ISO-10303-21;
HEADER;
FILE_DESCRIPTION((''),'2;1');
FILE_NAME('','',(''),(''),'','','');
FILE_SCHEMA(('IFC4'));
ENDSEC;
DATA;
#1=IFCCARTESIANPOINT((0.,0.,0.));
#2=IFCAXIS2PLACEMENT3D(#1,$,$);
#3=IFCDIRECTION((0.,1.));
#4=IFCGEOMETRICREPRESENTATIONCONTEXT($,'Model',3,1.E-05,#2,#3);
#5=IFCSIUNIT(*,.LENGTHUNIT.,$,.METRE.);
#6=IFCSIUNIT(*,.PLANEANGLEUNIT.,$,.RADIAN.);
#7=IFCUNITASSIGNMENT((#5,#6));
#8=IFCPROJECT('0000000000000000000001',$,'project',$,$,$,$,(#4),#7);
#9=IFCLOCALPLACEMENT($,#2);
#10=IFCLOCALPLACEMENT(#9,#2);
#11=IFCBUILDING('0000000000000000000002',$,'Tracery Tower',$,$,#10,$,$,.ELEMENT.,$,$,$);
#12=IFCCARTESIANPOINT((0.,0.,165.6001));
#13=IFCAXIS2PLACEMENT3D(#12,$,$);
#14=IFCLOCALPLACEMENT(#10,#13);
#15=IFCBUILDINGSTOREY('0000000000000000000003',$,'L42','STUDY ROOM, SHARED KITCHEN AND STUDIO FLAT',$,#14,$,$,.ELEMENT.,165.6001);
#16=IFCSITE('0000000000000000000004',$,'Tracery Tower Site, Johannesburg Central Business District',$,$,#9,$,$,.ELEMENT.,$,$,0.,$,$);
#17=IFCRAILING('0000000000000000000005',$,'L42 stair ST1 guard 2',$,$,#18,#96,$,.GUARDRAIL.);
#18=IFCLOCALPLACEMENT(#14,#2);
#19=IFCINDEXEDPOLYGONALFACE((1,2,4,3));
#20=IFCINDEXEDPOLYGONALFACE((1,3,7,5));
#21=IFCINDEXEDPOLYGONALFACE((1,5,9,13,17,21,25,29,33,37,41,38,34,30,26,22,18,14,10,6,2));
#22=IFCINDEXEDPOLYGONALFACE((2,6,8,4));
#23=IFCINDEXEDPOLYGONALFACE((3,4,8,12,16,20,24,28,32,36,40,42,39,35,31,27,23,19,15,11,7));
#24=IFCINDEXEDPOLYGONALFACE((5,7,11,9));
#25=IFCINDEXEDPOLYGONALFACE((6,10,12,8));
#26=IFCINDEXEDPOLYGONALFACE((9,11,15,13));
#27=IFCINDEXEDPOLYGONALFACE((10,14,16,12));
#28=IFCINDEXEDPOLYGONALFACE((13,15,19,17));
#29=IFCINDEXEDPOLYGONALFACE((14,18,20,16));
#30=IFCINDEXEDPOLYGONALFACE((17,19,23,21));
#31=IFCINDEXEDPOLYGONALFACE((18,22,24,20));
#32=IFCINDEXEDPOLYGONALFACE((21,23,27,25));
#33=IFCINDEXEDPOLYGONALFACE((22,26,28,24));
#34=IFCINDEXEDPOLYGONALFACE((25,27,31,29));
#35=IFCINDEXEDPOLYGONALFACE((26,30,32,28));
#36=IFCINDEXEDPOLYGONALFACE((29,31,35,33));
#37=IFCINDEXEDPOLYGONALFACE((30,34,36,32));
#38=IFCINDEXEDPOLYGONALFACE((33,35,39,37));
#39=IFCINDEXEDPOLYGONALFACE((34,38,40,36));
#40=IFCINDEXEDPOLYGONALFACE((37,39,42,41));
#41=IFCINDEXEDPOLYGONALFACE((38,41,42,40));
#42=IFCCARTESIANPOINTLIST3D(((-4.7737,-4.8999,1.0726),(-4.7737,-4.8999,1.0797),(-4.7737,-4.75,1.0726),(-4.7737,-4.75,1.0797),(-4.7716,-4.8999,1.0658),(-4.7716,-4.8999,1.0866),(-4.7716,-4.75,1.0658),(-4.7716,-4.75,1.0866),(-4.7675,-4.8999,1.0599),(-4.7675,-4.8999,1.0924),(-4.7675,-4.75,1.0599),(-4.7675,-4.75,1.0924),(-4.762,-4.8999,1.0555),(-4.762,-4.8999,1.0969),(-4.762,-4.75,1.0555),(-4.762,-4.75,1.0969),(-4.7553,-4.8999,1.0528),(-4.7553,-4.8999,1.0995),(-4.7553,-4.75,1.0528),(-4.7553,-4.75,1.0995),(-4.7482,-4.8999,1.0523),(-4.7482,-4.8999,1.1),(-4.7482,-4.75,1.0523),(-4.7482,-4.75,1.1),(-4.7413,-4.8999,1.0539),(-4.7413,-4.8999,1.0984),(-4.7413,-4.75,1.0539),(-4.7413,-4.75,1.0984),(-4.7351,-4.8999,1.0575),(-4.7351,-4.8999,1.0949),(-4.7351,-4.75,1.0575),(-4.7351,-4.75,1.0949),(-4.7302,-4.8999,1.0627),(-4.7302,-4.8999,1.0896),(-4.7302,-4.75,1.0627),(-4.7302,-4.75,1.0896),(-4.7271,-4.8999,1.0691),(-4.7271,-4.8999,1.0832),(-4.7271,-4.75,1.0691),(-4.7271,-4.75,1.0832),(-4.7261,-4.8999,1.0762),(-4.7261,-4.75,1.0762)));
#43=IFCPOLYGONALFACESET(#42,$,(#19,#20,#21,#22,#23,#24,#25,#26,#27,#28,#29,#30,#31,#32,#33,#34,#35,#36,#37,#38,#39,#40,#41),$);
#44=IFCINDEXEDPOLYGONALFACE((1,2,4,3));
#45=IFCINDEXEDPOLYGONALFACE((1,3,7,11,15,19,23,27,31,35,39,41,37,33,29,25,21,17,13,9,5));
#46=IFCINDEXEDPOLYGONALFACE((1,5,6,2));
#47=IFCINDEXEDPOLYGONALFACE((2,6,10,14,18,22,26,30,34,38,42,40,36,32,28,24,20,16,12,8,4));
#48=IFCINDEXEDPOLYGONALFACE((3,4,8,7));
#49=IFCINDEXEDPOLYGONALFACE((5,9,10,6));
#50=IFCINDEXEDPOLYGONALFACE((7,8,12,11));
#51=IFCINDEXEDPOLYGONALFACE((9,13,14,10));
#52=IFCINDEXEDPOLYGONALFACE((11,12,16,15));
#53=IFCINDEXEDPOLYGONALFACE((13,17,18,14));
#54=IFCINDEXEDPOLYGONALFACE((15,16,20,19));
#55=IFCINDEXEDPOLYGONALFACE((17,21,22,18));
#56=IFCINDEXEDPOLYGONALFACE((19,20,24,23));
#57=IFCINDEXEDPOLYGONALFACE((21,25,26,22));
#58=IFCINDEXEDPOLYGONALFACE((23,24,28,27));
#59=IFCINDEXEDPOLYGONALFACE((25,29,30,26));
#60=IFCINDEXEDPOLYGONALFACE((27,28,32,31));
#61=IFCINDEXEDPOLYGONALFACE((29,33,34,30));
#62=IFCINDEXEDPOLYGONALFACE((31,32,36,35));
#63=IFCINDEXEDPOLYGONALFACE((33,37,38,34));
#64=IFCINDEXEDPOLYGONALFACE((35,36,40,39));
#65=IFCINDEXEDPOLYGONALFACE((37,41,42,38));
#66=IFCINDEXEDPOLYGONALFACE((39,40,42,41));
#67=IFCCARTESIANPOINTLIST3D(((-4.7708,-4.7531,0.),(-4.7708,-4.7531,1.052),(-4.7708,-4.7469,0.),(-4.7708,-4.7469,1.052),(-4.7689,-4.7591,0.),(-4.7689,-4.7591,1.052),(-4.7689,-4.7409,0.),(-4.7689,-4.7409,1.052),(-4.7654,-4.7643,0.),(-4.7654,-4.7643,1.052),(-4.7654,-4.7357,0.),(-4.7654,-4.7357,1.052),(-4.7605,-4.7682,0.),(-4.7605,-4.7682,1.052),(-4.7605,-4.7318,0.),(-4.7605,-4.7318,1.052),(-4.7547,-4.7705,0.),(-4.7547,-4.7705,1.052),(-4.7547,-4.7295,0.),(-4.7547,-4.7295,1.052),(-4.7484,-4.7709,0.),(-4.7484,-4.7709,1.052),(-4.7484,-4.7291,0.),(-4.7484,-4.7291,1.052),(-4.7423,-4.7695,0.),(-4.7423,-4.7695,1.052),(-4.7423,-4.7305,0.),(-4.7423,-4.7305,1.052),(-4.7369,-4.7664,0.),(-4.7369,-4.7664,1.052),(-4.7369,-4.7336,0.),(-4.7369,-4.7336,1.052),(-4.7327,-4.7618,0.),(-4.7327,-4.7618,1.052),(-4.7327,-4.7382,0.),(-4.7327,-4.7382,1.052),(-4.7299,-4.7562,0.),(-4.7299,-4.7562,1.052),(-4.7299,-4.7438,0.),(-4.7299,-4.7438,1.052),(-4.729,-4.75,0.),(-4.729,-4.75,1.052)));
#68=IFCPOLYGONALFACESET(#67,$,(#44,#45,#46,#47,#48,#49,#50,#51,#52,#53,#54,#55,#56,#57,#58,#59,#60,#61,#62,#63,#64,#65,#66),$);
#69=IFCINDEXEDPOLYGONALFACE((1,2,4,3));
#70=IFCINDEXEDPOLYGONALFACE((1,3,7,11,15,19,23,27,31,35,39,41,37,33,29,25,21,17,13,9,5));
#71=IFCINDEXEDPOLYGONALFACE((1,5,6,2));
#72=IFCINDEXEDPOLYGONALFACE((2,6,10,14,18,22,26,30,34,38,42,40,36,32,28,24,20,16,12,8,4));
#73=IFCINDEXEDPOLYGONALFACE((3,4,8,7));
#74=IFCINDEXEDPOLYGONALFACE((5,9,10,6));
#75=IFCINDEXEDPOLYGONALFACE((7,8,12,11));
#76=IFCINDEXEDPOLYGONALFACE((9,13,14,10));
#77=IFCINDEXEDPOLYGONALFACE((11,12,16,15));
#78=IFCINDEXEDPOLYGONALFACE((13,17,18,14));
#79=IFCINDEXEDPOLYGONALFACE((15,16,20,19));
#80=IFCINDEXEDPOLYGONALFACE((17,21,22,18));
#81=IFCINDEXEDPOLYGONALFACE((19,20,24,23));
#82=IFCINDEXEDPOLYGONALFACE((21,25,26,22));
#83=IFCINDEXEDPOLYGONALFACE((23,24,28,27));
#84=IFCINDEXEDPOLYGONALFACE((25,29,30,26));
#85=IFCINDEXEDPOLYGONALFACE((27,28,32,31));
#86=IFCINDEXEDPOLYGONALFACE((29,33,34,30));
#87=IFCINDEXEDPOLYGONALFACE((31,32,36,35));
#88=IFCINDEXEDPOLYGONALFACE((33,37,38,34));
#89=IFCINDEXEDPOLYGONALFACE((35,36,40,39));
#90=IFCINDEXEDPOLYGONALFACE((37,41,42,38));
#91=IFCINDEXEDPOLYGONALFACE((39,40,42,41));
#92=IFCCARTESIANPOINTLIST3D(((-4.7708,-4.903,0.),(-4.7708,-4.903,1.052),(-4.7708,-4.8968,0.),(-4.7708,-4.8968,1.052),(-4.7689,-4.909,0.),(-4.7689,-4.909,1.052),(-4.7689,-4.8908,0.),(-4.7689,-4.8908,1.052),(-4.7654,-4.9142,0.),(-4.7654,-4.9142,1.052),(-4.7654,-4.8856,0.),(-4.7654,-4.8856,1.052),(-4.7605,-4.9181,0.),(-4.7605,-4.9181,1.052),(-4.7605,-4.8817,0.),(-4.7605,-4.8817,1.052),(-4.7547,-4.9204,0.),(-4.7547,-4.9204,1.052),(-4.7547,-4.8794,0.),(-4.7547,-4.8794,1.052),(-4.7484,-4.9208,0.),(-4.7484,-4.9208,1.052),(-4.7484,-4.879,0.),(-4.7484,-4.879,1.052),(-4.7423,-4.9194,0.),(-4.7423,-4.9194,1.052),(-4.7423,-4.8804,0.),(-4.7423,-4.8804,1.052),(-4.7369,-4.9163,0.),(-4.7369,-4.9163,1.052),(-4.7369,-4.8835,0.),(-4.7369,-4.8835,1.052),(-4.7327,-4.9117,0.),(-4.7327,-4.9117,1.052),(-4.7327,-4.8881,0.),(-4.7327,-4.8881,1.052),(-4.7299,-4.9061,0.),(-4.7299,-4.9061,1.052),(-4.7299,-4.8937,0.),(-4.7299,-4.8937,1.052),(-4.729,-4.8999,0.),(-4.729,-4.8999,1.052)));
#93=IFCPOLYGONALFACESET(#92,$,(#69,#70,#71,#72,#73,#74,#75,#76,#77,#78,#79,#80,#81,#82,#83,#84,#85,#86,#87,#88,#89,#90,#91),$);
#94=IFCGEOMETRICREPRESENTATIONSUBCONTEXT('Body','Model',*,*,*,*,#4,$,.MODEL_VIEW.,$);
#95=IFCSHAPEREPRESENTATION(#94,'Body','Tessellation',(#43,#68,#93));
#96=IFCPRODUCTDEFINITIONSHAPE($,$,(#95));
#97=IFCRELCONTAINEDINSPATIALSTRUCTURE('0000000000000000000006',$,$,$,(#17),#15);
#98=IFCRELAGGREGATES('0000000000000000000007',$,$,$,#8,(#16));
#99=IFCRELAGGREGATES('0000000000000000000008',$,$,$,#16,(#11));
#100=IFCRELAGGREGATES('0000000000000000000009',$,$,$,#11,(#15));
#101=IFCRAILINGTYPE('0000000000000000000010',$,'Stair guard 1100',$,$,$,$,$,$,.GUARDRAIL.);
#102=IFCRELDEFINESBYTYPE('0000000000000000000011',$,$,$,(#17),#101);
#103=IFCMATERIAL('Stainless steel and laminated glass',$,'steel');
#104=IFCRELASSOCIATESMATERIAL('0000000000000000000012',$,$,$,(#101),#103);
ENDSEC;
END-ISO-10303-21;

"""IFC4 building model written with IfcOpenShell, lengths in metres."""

from ifc_helpers import new_model, si_unit, direction, frame, origin, origin_2d, place, context, subcontext, project, spatial, circle, extrude, material, type_object, element, save


model = new_model("IFC4")

# Units and contexts
model_context = context("Model", 3, precision=1e-05, world=origin(), true_north=direction((0.0, 1.0)))
body_context = subcontext(model_context, "Body", "Model", "MODEL_VIEW")
ifc_project = project(units=[si_unit("LENGTHUNIT", "METRE"), si_unit("PLANEANGLEUNIT", "RADIAN")], contexts=[model_context])

# Site, building, storey
site_placement = place(None, origin())
site = spatial("IfcSite", under=ifc_project, at=site_placement, Name="Tracery Tower Site, Johannesburg Central Business District", CompositionType="ELEMENT", RefElevation=0.0)
building_placement = place(site_placement, origin())
building = spatial("IfcBuilding", under=site, at=building_placement, Name="Tracery Tower", CompositionType="ELEMENT")
storey_placement = place(building_placement, frame((0.0, 0.0, 165.6001)))
storey = spatial("IfcBuildingStorey", under=building, at=storey_placement, Name="L42", Description="STUDY ROOM, SHARED KITCHEN AND STUDIO FLAT", CompositionType="ELEMENT", Elevation=165.6001)

# Railing
ifc_material_1 = material(Name="Stainless steel and laminated glass", Category="steel")
railing_type_1 = type_object("IfcRailingType", Name="Stair guard 1100", PredefinedType="GUARDRAIL", material=ifc_material_1)
railing_1_placement = place(storey_placement, frame((-4.75, -4.75, 0.0)))
element("IfcRailing", 1, at=railing_1_placement, inside=storey, type_object=railing_type_1, Name="L42 stair ST1 guard 2", PredefinedType="GUARDRAIL", context=body_context, shape_type="SweptSolid", body=[
    extrude(circle(Radius=0.0239, at=origin_2d()), frame((0.0, 0.0, 1.0762), z_axis=(0.0, -1.0, 0.0), x_axis=(1.0, 0.0, 0.0)), (0.0, 0.0, 1.0), 0.1499),
    extrude(circle(Radius=0.021, at=origin_2d()), origin(), (0.0, 0.0, 1.0), 1.052),
    extrude(circle(Radius=0.021, at=origin_2d()), frame((0.0, -0.1499, 0.0)), (0.0, 0.0, 1.0), 1.052),
])

save(model, "model.ifc")
